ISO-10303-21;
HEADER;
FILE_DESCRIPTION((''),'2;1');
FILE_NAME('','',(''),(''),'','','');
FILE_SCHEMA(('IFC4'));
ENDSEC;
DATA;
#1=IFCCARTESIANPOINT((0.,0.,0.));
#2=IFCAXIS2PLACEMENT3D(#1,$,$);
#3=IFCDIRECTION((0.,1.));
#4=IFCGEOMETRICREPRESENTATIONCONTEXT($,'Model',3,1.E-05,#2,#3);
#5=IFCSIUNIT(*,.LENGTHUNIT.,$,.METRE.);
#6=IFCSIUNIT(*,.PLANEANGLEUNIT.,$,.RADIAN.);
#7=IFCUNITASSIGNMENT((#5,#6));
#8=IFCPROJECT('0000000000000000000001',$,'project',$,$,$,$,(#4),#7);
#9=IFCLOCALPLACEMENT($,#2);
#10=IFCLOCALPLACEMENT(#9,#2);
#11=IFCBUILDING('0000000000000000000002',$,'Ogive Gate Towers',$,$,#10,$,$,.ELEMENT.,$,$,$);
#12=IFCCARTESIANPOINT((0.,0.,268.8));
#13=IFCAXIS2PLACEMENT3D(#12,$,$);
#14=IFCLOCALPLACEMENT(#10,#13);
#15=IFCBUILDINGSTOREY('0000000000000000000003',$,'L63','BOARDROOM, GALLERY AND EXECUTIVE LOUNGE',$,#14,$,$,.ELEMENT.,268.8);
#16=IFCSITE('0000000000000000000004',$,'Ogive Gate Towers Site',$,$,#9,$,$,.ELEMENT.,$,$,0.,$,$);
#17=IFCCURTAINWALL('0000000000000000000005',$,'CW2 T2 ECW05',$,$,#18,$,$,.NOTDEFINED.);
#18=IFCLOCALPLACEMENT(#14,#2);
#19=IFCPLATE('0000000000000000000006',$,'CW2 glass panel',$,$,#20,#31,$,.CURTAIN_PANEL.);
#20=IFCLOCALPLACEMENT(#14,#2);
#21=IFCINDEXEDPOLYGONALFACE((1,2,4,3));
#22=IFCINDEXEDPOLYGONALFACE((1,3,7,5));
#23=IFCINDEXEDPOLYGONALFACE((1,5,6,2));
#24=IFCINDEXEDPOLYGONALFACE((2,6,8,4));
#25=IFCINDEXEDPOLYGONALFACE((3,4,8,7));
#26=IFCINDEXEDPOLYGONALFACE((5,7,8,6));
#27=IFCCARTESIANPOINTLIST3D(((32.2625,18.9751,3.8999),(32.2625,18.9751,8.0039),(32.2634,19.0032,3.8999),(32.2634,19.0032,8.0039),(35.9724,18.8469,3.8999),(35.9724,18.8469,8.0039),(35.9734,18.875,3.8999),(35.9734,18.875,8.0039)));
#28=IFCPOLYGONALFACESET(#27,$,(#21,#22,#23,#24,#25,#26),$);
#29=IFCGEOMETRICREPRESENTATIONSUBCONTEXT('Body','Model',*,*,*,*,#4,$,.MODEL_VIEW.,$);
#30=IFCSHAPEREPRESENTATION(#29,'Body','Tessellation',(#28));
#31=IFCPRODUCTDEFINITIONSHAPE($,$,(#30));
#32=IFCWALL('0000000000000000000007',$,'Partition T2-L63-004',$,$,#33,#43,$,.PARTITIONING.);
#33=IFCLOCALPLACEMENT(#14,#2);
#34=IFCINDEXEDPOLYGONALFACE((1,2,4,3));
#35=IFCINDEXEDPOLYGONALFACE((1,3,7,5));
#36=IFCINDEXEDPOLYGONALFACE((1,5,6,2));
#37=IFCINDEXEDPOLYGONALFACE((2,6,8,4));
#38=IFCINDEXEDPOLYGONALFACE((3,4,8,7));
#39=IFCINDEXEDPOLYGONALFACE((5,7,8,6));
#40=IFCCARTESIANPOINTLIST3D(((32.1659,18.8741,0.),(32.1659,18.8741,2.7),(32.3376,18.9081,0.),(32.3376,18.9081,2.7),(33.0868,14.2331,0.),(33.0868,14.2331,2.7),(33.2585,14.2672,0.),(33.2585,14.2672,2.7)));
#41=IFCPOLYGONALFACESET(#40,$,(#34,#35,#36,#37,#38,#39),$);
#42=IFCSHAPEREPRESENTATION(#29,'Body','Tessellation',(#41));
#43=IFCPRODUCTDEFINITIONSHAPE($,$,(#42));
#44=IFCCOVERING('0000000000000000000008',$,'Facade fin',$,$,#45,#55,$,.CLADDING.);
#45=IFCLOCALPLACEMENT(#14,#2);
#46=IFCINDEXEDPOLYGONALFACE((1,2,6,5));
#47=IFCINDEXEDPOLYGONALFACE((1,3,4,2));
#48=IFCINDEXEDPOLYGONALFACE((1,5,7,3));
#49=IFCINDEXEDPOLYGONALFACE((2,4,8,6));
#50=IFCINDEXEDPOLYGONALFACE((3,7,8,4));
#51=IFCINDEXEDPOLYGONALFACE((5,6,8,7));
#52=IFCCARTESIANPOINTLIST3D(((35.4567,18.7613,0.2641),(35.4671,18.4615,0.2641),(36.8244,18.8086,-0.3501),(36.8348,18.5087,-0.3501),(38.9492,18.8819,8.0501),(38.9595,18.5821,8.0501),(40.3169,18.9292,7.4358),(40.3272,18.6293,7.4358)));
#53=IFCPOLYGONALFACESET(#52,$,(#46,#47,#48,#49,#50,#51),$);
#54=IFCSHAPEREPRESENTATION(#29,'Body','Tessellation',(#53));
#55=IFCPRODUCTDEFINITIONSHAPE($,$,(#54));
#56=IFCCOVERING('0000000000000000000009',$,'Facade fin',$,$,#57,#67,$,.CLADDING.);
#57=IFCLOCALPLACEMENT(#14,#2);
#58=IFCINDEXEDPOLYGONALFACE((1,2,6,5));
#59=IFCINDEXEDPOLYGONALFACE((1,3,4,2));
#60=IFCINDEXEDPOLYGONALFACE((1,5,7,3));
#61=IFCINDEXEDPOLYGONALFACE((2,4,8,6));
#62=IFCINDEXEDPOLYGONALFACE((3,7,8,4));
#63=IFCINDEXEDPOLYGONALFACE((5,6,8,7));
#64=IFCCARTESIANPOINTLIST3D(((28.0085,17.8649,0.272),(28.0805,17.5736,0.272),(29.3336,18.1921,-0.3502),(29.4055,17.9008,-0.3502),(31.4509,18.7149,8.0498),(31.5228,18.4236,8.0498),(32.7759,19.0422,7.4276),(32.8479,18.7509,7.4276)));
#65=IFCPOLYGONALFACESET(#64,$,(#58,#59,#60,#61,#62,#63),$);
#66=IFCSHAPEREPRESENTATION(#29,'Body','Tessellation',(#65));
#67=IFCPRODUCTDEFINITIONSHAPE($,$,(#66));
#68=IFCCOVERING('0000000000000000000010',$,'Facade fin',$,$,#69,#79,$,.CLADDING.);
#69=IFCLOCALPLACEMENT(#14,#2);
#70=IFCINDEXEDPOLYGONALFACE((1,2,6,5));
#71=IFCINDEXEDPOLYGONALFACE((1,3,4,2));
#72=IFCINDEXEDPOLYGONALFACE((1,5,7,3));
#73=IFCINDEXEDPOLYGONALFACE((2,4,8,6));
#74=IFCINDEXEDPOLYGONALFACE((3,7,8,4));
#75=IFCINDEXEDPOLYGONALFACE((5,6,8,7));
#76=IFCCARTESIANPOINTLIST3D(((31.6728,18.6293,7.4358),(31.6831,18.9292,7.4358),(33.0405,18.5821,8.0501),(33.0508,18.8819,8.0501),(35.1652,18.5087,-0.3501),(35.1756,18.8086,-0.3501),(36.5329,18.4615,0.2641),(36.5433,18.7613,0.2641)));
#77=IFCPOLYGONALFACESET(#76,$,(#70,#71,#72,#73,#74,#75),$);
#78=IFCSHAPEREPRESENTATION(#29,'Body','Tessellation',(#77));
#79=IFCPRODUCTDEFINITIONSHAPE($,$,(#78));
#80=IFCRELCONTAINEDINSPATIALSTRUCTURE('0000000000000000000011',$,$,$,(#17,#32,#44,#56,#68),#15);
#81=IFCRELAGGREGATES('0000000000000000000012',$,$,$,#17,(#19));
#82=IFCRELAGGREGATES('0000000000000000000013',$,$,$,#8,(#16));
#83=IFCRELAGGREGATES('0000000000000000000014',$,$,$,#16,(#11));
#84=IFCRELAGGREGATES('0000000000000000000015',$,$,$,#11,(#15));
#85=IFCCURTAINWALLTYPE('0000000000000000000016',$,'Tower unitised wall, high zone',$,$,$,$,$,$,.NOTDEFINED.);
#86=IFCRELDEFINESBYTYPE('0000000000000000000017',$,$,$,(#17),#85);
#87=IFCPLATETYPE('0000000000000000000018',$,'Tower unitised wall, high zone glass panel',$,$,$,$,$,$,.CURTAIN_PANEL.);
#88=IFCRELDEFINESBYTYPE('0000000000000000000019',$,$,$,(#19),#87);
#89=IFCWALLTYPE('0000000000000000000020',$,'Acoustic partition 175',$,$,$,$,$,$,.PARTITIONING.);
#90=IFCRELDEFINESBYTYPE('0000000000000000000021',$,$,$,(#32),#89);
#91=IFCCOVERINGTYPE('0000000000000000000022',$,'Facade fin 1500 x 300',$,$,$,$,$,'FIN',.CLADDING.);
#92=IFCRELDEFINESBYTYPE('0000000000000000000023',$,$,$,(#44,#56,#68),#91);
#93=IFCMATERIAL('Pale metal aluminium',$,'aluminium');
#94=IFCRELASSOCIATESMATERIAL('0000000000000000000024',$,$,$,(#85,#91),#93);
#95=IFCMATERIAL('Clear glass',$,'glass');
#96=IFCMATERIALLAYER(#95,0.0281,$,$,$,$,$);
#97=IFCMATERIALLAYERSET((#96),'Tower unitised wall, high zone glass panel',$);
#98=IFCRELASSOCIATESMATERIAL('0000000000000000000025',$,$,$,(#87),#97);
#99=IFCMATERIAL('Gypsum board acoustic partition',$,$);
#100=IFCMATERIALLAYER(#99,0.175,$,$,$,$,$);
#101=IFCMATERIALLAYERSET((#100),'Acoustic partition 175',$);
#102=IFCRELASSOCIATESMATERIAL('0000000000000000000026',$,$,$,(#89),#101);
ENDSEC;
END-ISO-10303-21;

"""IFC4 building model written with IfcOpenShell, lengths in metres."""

from ifc_helpers import new_model, si_unit, direction, frame, frame_2d, origin, origin_2d, place, context, subcontext, project, spatial, rectangle, extrude, material, layer, layer_set, material_profile, profile_set, type_object, element, aggregate, save


model = new_model("IFC4")

# Units and contexts
model_context = context("Model", 3, precision=1e-05, world=origin(), true_north=direction((0.0, 1.0)))
body_context = subcontext(model_context, "Body", "Model", "MODEL_VIEW")
ifc_project = project(units=[si_unit("LENGTHUNIT", "METRE"), si_unit("PLANEANGLEUNIT", "RADIAN")], contexts=[model_context])

# Site, building, storey
site_placement = place(None, origin())
site = spatial("IfcSite", under=ifc_project, at=site_placement, Name="Ogive Gate Towers Site", CompositionType="ELEMENT", RefElevation=0.0)
building_placement = place(site_placement, origin())
building = spatial("IfcBuilding", under=site, at=building_placement, Name="Ogive Gate Towers", CompositionType="ELEMENT")
storey_placement = place(building_placement, frame((0.0, 0.0, 268.8)))
storey = spatial("IfcBuildingStorey", under=building, at=storey_placement, Name="L63", Description="BOARDROOM, GALLERY AND EXECUTIVE LOUNGE", CompositionType="ELEMENT", Elevation=268.8)

# Curtain wall
ifc_material_1 = material(Name="Pale metal aluminium", Category="aluminium")
curtain_wall_type = type_object("IfcCurtainWallType", Name="Tower unitised wall, high zone", PredefinedType="NOTDEFINED", material=ifc_material_1)
curtain_wall_1_placement = place(storey_placement, origin())
curtain_wall_1 = element("IfcCurtainWall", 1, at=curtain_wall_1_placement, inside=storey, type_object=curtain_wall_type, Name="CW2 T2 ECW05", PredefinedType="NOTDEFINED")

# Plate
ifc_material_2 = material(Name="Clear glass", Category="glass")
ifc_layer_1 = layer(ifc_material_2, 0.0281)
ifc_layer_set_1 = layer_set([ifc_layer_1], Name="Tower unitised wall, high zone glass panel")
plate_type = type_object("IfcPlateType", Name="Tower unitised wall, high zone glass panel", PredefinedType="CURTAIN_PANEL", material=ifc_layer_set_1)
plate_1_placement = place(storey_placement, frame((34.1179, 18.925, 3.8999), z_axis=(0.0, 0.0, 1.0), x_axis=(0.999404, -0.034533, 0.0)))
plate_1 = element("IfcPlate", 2, at=plate_1_placement, type_object=plate_type, Name="CW2 glass panel", PredefinedType="CURTAIN_PANEL", context=body_context, shape_type="SweptSolid", body=[
    extrude(rectangle(XDim=3.7122, YDim=0.0281, at=origin_2d()), origin(), (0.0, 0.0, 1.0), 4.104),
])
aggregate(curtain_wall_1, [plate_1])

# Wall
ifc_material_3 = material(Name="Gypsum board acoustic partition")
ifc_layer_2 = layer(ifc_material_3, 0.175)
ifc_layer_set_2 = layer_set([ifc_layer_2], Name="Acoustic partition 175")
wall_type = type_object("IfcWallType", Name="Acoustic partition 175", PredefinedType="PARTITIONING", material=ifc_layer_set_2)
wall_placement = place(storey_placement, frame((32.2517, 18.8911, 0.0), z_axis=(0.0, 0.0, 1.0), x_axis=(0.194637, -0.980875, 0.0)))
element("IfcWall", 3, at=wall_placement, inside=storey, type_object=wall_type, Name="Partition T2-L63-004", PredefinedType="PARTITIONING", context=body_context, shape_type="SweptSolid", body=[
    extrude(rectangle(XDim=4.7314, YDim=0.175, at=frame_2d((2.3657, 0.0))), origin(), (0.0, 0.0, 1.0), 2.7),
])

# Coverings
ifc_material_profile_1 = material_profile(ifc_material_1, rectangle(XDim=0.3, YDim=1.5, at=origin_2d()), Name="1500 x 300 pale metal aluminium")
ifc_profile_set_1 = profile_set([ifc_material_profile_1], Name="Pale metal aluminium")
covering_type = type_object("IfcCoveringType", Name="Facade fin 1500 x 300", ElementType="FIN", PredefinedType="CLADDING", material=ifc_profile_set_1)
covering_1_placement = place(storey_placement, frame((36.1458, 18.635, -0.043), z_axis=(0.40923, 0.014132, 0.912322), x_axis=(-0.034513, 0.999404, 0.0)))
element("IfcCovering", 4, at=covering_1_placement, inside=storey, type_object=covering_type, Name="Facade fin", PredefinedType="CLADDING", context=body_context, shape_type="SweptSolid", body=[
    extrude(rectangle(XDim=0.3, YDim=1.5, at=origin_2d()), origin(), (0.0, 0.0, 1.0), 8.5342),
])
covering_2_placement = place(storey_placement, frame((28.707, 17.8828, -0.0391), z_axis=(0.402715, 0.099451, 0.909907), x_axis=(-0.239748, 0.970835, 0.0)))
element("IfcCovering", 5, at=covering_2_placement, inside=storey, type_object=covering_type, Name="Facade fin", PredefinedType="CLADDING", context=body_context, shape_type="SweptSolid", body=[
    extrude(rectangle(XDim=0.3, YDim=1.5, at=origin_2d()), origin(), (0.0, 0.0, 1.0), 8.5479),
])
covering_3_placement = place(storey_placement, frame((35.8542, 18.635, -0.043), z_axis=(-0.40923, 0.014132, 0.912322), x_axis=(-0.034513, -0.999404, 0.0)))
element("IfcCovering", 6, at=covering_3_placement, inside=storey, type_object=covering_type, Name="Facade fin", PredefinedType="CLADDING", context=body_context, shape_type="SweptSolid", body=[
    extrude(rectangle(XDim=0.3, YDim=1.5, at=origin_2d()), origin(), (0.0, 0.0, 1.0), 8.5342),
])

save(model, "model.ifc")
